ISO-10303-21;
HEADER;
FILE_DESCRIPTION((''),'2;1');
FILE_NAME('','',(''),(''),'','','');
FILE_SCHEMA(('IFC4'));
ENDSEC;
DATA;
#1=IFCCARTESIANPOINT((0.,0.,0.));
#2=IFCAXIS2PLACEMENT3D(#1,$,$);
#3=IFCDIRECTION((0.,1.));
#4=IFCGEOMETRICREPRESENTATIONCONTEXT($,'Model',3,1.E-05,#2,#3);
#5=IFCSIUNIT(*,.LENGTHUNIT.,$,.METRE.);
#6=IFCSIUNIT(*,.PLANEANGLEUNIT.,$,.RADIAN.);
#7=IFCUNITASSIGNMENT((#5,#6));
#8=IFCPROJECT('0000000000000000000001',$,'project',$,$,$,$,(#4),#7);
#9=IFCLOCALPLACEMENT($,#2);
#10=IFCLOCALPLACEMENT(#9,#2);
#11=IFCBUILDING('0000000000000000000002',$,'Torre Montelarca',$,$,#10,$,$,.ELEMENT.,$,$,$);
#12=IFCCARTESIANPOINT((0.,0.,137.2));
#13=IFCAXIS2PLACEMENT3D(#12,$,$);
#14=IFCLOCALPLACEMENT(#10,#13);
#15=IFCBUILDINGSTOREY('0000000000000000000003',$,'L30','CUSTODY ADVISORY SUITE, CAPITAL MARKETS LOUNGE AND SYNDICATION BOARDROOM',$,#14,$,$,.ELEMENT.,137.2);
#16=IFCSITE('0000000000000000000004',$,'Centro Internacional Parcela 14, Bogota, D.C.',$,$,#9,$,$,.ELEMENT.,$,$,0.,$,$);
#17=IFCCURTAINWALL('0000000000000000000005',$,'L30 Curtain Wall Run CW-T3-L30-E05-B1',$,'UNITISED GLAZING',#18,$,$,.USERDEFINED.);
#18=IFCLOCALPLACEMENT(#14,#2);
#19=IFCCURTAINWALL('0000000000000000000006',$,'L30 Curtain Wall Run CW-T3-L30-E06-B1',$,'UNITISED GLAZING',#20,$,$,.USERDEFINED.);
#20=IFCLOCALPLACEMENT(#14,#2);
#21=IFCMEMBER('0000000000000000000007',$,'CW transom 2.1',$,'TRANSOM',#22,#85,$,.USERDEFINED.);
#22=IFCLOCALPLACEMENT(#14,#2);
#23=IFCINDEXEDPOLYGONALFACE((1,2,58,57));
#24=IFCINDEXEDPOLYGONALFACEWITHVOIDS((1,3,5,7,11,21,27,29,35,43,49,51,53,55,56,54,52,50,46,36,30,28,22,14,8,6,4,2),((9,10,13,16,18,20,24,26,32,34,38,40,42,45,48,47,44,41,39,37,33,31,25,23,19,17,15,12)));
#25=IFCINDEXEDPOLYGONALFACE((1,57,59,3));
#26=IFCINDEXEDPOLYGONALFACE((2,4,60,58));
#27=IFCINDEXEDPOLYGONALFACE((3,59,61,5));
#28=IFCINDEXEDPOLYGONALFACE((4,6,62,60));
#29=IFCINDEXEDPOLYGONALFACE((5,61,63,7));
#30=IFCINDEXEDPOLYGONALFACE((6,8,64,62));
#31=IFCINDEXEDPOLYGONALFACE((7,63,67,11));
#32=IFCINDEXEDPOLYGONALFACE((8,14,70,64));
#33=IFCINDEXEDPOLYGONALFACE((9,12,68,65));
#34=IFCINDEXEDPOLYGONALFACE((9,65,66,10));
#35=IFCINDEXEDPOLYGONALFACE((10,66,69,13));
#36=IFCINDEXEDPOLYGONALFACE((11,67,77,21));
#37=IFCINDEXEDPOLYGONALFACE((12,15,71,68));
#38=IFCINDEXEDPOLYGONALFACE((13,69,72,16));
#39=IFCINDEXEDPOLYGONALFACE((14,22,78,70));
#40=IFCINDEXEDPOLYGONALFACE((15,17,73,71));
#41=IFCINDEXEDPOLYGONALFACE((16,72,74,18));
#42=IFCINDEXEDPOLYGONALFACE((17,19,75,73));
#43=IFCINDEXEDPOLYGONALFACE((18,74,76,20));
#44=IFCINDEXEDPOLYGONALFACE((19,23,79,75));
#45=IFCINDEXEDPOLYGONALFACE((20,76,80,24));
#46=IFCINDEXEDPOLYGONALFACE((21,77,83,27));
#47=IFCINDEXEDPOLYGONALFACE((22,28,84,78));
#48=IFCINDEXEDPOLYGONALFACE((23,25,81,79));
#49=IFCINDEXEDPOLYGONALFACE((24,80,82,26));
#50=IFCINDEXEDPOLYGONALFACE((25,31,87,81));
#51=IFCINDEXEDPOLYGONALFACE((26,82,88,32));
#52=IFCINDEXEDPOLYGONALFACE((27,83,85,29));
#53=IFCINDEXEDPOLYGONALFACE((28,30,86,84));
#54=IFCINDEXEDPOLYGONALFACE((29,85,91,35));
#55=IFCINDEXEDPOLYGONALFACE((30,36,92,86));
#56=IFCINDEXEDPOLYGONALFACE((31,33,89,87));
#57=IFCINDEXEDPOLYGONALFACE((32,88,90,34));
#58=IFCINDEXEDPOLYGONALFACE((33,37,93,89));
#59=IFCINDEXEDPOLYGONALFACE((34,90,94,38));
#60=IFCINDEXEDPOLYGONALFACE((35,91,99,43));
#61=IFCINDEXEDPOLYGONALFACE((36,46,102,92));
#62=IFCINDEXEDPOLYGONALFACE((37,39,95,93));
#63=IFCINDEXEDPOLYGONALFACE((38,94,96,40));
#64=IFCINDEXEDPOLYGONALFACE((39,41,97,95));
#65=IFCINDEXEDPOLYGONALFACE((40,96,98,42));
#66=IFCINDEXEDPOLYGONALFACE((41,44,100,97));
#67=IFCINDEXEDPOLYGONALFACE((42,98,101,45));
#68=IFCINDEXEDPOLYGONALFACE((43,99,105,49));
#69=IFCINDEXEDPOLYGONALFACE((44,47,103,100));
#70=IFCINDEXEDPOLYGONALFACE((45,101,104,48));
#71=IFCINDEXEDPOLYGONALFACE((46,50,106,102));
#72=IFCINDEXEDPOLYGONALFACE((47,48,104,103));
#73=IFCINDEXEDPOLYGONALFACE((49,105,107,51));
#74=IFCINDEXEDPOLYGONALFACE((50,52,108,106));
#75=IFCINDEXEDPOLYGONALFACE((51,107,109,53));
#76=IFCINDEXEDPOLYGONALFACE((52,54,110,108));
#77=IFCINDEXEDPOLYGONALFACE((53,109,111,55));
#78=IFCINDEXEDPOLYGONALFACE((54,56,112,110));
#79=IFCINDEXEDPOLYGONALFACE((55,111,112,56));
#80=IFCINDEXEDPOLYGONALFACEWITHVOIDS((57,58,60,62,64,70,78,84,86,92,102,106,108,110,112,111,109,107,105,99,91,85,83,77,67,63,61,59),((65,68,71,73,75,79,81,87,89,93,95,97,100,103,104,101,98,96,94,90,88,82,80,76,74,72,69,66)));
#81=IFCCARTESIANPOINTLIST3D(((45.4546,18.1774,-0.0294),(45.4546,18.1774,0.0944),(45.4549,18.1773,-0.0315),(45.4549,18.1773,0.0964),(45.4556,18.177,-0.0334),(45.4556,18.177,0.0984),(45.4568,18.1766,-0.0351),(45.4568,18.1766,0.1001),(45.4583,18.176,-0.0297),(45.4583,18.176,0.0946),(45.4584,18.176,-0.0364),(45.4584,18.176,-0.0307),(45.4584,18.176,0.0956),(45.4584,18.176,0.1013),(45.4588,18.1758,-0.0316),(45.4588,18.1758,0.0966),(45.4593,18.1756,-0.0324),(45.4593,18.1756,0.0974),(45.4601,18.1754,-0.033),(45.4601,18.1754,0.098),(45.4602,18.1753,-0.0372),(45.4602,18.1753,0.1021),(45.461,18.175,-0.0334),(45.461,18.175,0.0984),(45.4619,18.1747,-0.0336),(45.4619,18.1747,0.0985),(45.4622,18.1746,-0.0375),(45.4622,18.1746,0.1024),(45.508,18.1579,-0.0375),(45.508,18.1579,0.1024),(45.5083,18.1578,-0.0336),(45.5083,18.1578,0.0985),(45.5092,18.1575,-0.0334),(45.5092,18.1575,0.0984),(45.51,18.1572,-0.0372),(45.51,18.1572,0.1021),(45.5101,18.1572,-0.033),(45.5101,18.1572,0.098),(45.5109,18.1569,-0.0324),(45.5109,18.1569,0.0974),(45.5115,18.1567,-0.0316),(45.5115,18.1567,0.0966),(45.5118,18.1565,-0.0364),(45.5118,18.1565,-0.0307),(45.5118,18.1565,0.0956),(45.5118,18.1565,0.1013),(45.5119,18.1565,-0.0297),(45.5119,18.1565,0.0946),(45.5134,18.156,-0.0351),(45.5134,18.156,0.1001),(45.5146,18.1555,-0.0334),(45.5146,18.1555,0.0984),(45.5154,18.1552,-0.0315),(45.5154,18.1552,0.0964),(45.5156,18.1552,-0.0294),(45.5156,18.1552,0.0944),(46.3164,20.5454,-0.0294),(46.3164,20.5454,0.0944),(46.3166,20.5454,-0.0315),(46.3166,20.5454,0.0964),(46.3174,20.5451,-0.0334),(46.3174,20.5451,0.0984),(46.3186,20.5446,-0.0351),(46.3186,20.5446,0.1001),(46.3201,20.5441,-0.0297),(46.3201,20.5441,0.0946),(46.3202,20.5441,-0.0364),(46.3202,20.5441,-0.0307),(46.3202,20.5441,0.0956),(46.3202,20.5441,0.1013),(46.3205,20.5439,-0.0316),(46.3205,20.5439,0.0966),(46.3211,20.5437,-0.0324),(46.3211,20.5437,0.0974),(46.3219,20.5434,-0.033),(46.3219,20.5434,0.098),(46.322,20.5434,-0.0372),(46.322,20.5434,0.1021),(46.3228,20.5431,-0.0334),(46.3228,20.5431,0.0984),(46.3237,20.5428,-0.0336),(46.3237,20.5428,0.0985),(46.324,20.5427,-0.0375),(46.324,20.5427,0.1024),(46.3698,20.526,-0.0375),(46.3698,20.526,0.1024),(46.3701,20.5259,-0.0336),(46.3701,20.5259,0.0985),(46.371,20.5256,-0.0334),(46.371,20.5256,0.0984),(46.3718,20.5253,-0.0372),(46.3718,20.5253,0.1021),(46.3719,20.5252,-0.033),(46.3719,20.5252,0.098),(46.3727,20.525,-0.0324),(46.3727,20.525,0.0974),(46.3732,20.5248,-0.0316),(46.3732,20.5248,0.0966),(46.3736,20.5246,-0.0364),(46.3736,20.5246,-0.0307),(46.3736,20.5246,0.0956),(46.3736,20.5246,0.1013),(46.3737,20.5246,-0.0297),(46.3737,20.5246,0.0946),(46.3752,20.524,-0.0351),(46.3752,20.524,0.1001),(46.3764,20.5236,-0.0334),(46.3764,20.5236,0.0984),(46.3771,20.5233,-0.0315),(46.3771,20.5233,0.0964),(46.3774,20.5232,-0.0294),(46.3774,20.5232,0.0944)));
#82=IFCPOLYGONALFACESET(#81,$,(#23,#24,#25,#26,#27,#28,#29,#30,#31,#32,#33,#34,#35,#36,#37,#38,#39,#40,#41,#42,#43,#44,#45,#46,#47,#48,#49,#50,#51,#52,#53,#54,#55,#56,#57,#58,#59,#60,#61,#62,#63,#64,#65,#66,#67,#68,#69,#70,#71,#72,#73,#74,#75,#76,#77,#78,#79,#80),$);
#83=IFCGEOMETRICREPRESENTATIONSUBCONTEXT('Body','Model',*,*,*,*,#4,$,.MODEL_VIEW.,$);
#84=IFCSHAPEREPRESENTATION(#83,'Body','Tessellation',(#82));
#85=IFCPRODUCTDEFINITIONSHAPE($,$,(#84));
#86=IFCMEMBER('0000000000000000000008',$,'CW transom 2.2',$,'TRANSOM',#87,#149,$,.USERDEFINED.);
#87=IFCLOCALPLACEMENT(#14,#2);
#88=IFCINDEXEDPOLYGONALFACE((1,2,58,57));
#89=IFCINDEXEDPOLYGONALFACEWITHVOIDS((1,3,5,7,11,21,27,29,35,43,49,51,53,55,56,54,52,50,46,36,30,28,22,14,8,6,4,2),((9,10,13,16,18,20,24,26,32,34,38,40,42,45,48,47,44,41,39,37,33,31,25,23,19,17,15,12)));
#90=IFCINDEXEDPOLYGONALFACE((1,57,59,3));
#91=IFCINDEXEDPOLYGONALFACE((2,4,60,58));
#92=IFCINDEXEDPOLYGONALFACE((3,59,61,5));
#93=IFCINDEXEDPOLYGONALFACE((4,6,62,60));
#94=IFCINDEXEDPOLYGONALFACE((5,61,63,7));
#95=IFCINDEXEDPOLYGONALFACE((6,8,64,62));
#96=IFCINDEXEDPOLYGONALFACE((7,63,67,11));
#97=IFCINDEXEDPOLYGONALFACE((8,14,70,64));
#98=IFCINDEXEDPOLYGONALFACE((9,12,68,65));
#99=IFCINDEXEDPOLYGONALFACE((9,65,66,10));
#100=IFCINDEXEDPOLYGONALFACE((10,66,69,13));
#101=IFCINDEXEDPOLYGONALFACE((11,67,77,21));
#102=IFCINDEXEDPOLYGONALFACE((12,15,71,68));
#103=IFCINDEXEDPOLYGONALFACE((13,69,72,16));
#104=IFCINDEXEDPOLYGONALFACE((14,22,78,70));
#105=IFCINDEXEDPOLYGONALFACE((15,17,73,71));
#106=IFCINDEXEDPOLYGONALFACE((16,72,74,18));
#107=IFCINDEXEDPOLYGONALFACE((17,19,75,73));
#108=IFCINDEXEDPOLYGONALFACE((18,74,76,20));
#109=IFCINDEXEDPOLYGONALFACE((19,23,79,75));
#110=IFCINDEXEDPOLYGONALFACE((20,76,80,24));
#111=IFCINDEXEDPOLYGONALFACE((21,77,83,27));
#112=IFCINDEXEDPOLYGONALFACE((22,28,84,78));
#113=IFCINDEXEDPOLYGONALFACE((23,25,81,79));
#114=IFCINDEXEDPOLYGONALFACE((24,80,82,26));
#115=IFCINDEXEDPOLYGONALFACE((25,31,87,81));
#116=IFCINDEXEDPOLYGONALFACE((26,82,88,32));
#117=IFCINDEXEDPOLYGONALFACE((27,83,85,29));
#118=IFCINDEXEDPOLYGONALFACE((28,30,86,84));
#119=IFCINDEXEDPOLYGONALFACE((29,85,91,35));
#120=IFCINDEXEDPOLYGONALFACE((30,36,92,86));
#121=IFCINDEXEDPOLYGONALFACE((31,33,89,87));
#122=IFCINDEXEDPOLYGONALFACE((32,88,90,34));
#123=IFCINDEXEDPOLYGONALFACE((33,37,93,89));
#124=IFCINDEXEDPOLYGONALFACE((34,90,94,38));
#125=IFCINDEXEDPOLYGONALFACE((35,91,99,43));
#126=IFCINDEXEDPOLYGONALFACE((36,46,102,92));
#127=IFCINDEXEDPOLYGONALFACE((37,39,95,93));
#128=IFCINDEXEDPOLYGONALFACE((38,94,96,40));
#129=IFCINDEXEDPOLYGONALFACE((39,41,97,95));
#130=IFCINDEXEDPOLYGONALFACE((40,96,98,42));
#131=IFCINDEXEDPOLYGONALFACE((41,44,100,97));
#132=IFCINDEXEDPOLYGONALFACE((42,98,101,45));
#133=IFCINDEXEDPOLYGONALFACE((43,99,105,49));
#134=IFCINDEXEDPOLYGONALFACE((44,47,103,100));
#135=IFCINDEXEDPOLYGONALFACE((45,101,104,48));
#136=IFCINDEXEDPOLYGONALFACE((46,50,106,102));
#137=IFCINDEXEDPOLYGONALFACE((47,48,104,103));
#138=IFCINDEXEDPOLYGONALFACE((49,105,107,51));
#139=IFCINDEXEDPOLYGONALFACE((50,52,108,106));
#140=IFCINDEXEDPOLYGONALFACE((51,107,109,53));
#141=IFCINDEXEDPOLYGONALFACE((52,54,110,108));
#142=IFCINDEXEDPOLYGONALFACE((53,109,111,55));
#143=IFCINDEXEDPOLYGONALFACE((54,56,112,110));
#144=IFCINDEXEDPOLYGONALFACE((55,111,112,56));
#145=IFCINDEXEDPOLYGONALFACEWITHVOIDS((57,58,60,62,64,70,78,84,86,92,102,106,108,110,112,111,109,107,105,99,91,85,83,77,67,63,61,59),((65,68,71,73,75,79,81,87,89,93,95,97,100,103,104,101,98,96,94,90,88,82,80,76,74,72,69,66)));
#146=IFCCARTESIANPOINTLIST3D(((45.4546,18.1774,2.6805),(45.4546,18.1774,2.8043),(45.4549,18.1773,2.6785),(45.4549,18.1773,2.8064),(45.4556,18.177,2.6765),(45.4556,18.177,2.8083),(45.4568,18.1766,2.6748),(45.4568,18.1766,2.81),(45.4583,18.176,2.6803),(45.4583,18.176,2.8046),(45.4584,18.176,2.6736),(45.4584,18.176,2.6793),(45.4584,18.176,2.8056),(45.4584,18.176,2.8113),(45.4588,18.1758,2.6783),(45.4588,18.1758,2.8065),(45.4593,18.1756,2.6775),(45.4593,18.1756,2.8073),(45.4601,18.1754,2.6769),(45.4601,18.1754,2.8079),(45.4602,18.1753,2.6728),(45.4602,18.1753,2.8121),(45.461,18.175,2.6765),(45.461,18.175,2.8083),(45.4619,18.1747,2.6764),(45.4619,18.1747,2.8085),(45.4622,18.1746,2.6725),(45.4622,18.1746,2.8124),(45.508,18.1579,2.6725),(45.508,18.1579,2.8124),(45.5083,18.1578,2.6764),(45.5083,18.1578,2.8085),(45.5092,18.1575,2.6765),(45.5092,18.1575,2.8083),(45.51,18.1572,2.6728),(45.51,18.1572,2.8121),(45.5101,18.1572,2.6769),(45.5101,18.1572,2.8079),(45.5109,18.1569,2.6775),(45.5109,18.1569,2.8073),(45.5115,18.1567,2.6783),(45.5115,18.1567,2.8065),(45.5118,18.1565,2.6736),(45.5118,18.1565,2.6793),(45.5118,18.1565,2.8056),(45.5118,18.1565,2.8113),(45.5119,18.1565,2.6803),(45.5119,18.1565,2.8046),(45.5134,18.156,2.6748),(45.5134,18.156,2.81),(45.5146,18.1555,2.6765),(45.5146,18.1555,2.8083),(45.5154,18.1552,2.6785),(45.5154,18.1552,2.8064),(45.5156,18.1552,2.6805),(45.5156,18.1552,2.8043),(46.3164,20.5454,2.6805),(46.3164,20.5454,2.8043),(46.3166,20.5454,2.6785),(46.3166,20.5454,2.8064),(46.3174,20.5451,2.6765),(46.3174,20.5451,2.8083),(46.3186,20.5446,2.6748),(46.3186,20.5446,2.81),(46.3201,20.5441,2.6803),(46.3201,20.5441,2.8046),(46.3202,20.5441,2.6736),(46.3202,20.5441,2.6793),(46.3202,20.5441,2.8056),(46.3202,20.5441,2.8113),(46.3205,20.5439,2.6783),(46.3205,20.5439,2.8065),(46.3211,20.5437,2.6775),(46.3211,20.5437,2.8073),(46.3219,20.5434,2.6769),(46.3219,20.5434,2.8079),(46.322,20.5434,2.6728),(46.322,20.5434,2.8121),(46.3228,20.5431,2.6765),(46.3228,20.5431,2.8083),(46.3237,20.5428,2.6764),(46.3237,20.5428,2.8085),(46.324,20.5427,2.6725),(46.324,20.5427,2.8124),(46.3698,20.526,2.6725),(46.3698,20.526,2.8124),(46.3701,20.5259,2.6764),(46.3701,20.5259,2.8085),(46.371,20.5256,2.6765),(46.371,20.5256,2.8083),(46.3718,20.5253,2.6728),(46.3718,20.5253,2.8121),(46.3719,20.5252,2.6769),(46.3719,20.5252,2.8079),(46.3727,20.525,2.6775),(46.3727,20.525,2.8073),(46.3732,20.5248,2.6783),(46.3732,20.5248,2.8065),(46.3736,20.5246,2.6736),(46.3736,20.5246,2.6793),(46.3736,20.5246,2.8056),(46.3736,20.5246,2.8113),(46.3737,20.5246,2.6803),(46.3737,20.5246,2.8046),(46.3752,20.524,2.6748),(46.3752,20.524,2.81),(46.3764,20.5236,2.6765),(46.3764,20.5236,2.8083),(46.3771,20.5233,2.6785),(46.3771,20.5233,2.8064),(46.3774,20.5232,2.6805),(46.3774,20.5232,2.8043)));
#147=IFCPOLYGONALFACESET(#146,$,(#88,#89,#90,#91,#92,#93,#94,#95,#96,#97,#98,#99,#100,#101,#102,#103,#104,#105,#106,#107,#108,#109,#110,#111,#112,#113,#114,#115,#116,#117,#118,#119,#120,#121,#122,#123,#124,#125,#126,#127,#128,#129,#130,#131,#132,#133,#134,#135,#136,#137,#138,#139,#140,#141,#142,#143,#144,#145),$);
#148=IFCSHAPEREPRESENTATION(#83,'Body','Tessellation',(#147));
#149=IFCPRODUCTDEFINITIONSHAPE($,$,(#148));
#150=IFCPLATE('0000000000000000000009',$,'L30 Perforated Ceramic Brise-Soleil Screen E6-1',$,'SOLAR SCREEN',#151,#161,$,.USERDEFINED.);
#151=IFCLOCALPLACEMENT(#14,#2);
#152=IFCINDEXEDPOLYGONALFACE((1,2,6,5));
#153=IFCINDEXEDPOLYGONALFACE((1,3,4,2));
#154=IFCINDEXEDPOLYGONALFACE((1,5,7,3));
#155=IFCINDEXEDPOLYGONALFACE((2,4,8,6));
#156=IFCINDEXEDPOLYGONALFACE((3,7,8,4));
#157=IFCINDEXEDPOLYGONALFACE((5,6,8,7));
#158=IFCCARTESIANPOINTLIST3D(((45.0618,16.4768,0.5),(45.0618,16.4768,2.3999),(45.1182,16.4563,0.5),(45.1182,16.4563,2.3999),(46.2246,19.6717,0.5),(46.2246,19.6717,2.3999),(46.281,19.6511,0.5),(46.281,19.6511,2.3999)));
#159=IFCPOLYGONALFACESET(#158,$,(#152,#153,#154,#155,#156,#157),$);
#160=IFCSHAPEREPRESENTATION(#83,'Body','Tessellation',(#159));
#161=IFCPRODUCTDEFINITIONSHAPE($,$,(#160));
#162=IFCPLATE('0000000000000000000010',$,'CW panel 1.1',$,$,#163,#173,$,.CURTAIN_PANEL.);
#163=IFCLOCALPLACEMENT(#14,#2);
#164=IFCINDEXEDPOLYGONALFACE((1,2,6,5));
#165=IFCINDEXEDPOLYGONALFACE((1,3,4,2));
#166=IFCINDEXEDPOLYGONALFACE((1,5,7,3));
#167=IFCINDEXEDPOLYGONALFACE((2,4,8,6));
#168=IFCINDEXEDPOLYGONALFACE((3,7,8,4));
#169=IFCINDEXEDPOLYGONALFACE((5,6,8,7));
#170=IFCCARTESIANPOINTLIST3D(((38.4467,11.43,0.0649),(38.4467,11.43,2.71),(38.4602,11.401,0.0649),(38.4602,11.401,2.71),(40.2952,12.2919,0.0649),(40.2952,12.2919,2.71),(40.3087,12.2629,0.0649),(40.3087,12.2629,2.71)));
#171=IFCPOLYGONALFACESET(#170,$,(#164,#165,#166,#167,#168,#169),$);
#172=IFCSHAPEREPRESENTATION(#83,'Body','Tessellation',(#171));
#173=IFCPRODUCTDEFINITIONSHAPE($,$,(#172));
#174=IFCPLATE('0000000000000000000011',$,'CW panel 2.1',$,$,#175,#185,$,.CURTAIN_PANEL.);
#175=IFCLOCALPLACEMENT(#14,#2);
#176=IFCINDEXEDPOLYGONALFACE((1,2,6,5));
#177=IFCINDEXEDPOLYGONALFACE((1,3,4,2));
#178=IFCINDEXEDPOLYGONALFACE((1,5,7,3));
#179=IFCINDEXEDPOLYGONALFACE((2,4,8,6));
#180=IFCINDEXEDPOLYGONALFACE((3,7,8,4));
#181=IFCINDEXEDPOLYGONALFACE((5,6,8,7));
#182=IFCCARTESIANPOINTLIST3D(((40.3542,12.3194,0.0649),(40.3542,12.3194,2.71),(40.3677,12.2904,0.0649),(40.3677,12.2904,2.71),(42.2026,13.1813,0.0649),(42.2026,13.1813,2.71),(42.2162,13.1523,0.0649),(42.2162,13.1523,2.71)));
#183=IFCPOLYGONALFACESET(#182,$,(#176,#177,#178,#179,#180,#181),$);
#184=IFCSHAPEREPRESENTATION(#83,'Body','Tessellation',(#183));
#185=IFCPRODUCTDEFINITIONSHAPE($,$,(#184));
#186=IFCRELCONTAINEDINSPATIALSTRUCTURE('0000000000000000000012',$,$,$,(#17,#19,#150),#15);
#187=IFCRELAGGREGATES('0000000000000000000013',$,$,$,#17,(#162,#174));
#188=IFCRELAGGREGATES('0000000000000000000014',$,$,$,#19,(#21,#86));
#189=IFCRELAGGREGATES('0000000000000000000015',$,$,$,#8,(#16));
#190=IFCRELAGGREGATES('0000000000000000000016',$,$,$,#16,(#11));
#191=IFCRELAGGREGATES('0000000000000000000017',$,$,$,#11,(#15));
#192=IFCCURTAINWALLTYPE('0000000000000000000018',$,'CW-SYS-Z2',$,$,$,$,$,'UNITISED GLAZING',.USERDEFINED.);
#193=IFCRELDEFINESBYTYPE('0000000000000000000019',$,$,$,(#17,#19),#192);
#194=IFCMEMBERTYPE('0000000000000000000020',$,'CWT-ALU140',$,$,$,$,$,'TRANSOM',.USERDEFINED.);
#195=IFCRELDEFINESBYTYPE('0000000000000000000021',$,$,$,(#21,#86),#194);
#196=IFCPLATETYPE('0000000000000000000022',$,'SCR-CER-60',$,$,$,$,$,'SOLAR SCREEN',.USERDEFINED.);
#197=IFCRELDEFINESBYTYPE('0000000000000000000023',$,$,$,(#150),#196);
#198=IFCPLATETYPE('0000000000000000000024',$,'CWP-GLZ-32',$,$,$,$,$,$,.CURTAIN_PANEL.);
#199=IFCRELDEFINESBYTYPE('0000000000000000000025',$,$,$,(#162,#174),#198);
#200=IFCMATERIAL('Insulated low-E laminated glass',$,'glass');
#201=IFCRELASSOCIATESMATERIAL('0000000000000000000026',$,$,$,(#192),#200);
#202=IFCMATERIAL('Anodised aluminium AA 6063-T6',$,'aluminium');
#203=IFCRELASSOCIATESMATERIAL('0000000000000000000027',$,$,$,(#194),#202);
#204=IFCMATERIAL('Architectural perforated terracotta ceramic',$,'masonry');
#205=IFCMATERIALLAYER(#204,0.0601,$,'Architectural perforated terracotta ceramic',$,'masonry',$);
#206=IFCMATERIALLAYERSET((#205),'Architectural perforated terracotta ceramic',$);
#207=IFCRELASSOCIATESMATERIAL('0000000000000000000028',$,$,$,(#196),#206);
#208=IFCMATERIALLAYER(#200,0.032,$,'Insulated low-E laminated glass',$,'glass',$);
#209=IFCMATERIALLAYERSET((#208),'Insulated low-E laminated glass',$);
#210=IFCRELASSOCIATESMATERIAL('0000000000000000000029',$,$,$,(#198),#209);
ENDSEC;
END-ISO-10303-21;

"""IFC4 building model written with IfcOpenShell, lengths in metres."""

from ifc_helpers import new_model, si_unit, direction, frame, origin, origin_2d, place, context, subcontext, project, spatial, rectangle, hollow_rectangle, extrude, source, transform, mapped, material, layer, layer_set, material_profile, profile_set, type_object, element, aggregate, save


model = new_model("IFC4")

# Units and contexts
model_context = context("Model", 3, precision=1e-05, world=origin(), true_north=direction((0.0, 1.0)))
body_context = subcontext(model_context, "Body", "Model", "MODEL_VIEW")
ifc_project = project(units=[si_unit("LENGTHUNIT", "METRE"), si_unit("PLANEANGLEUNIT", "RADIAN")], contexts=[model_context])

# Site, building, storey
site_placement = place(None, origin())
site = spatial("IfcSite", under=ifc_project, at=site_placement, Name="Centro Internacional Parcela 14, Bogota, D.C.", CompositionType="ELEMENT", RefElevation=0.0)
building_placement = place(site_placement, origin())
building = spatial("IfcBuilding", under=site, at=building_placement, Name="Torre Montelarca", CompositionType="ELEMENT")
storey_placement = place(building_placement, frame((0.0, 0.0, 137.2)))
storey = spatial("IfcBuildingStorey", under=building, at=storey_placement, Name="L30", Description="CUSTODY ADVISORY SUITE, CAPITAL MARKETS LOUNGE AND SYNDICATION BOARDROOM", CompositionType="ELEMENT", Elevation=137.2)

# Curtain walls
ifc_material_1 = material(Name="Insulated low-E laminated glass", Category="glass")
curtain_wall_type = type_object("IfcCurtainWallType", Name="CW-SYS-Z2", ElementType="UNITISED GLAZING", PredefinedType="USERDEFINED", material=ifc_material_1)
curtain_wall_1_placement = place(storey_placement, origin())
curtain_wall_1 = element("IfcCurtainWall", 1, at=curtain_wall_1_placement, inside=storey, type_object=curtain_wall_type, Name="L30 Curtain Wall Run CW-T3-L30-E05-B1", ObjectType="UNITISED GLAZING", PredefinedType="USERDEFINED")
ifc_material_2 = material(Name="Anodised aluminium AA 6063-T6", Category="aluminium")
curtain_wall_2_placement = place(storey_placement, origin())
curtain_wall_2 = element("IfcCurtainWall", 2, at=curtain_wall_2_placement, inside=storey, type_object=curtain_wall_type, Name="L30 Curtain Wall Run CW-T3-L30-E06-B1", ObjectType="UNITISED GLAZING", PredefinedType="USERDEFINED")

# Members
ifc_material_profile_1 = material_profile(ifc_material_2, hollow_rectangle(XDim=0.0649, YDim=0.1399, WallThickness=0.0039, InnerFilletRadius=0.0039, OuterFilletRadius=0.0081, at=origin_2d()), Name="ALU65X140X4", Category="aluminium")
ifc_profile_set_1 = profile_set([ifc_material_profile_1], Name="Anodised aluminium AA 6063-T6")
member_type_1 = type_object("IfcMemberType", Name="CWT-ALU140", ElementType="TRANSOM", PredefinedType="USERDEFINED", material=ifc_profile_set_1)
shared_shape_1 = source(origin(), body_context, "Body", "SweptSolid", [
    extrude(hollow_rectangle(XDim=0.0649, YDim=0.1399, WallThickness=0.0039, InnerFilletRadius=0.0039, OuterFilletRadius=0.0081, at=origin_2d()), origin(), (0.0, 0.0, 1.0), 2.52),
])
member_1_placement = place(storey_placement, frame((45.4851, 18.1663, 0.0325), z_axis=(0.341976, 0.939709, 0.0), x_axis=(-0.939709, 0.341976, 0.0)))
member_1 = element("IfcMember", 3, at=member_1_placement, type_object=member_type_1, Name="CW transom 2.1", ObjectType="TRANSOM", PredefinedType="USERDEFINED", context=body_context, shape_type="MappedRepresentation", body=[
    mapped(shared_shape_1, transform((0.0, 0.0, 0.0), scale=1.0)),
])
member_2_placement = place(storey_placement, frame((45.4851, 18.1663, 2.7424), z_axis=(0.341976, 0.939709, 0.0), x_axis=(-0.939709, 0.341976, 0.0)))
member_2 = element("IfcMember", 4, at=member_2_placement, type_object=member_type_1, Name="CW transom 2.2", ObjectType="TRANSOM", PredefinedType="USERDEFINED", context=body_context, shape_type="MappedRepresentation", body=[
    mapped(shared_shape_1, transform((0.0, 0.0, 0.0), scale=1.0)),
])

# Plates
ifc_material_3 = material(Name="Architectural perforated terracotta ceramic", Category="masonry")
ifc_layer_1 = layer(ifc_material_3, 0.0601, Name="Architectural perforated terracotta ceramic", Category="masonry")
ifc_layer_set_1 = layer_set([ifc_layer_1], Name="Architectural perforated terracotta ceramic")
plate_type_1 = type_object("IfcPlateType", Name="SCR-CER-60", ElementType="SOLAR SCREEN", PredefinedType="USERDEFINED", material=ifc_layer_set_1)
shared_shape_2 = source(origin(), body_context, "Body", "SweptSolid", [
    extrude(rectangle(XDim=3.3999, YDim=0.0601, at=origin_2d()), origin(), (0.0, 0.0, 1.0), 1.8999),
])
plate_1_placement = place(storey_placement, frame((45.6714, 18.064, 0.5), z_axis=(0.0, 0.0, 1.0), x_axis=(0.342019, 0.939693, 0.0)))
element("IfcPlate", 5, at=plate_1_placement, inside=storey, type_object=plate_type_1, Name="L30 Perforated Ceramic Brise-Soleil Screen E6-1", ObjectType="SOLAR SCREEN", PredefinedType="USERDEFINED", context=body_context, shape_type="MappedRepresentation", body=[
    mapped(shared_shape_2, transform((0.0, 0.0, 0.0), scale=1.0)),
])
ifc_layer_2 = layer(ifc_material_1, 0.032, Name="Insulated low-E laminated glass", Category="glass")
ifc_layer_set_2 = layer_set([ifc_layer_2], Name="Insulated low-E laminated glass")
plate_type_2 = type_object("IfcPlateType", Name="CWP-GLZ-32", PredefinedType="CURTAIN_PANEL", material=ifc_layer_set_2)
shared_shape_3 = source(origin(), body_context, "Body", "SweptSolid", [
    extrude(rectangle(XDim=2.0396, YDim=0.032, at=origin_2d()), origin(), (0.0, 0.0, 1.0), 2.645),
])
plate_2_placement = place(storey_placement, frame((39.3777, 11.8464, 0.0649), z_axis=(0.0, 0.0, 1.0), x_axis=(0.906319, 0.422593, 0.0)))
plate_2 = element("IfcPlate", 6, at=plate_2_placement, type_object=plate_type_2, Name="CW panel 1.1", PredefinedType="CURTAIN_PANEL", context=body_context, shape_type="MappedRepresentation", body=[
    mapped(shared_shape_3, transform((0.0, 0.0, 0.0), scale=1.0)),
])
plate_3_placement = place(storey_placement, frame((41.2852, 12.7358, 0.0649), z_axis=(0.0, 0.0, 1.0), x_axis=(0.906319, 0.422593, 0.0)))
plate_3 = element("IfcPlate", 7, at=plate_3_placement, type_object=plate_type_2, Name="CW panel 2.1", PredefinedType="CURTAIN_PANEL", context=body_context, shape_type="MappedRepresentation", body=[
    mapped(shared_shape_3, transform((0.0, 0.0, 0.0), scale=1.0)),
])
aggregate(curtain_wall_1, [plate_2, plate_3])
aggregate(curtain_wall_2, [member_1, member_2])

save(model, "model.ifc")
